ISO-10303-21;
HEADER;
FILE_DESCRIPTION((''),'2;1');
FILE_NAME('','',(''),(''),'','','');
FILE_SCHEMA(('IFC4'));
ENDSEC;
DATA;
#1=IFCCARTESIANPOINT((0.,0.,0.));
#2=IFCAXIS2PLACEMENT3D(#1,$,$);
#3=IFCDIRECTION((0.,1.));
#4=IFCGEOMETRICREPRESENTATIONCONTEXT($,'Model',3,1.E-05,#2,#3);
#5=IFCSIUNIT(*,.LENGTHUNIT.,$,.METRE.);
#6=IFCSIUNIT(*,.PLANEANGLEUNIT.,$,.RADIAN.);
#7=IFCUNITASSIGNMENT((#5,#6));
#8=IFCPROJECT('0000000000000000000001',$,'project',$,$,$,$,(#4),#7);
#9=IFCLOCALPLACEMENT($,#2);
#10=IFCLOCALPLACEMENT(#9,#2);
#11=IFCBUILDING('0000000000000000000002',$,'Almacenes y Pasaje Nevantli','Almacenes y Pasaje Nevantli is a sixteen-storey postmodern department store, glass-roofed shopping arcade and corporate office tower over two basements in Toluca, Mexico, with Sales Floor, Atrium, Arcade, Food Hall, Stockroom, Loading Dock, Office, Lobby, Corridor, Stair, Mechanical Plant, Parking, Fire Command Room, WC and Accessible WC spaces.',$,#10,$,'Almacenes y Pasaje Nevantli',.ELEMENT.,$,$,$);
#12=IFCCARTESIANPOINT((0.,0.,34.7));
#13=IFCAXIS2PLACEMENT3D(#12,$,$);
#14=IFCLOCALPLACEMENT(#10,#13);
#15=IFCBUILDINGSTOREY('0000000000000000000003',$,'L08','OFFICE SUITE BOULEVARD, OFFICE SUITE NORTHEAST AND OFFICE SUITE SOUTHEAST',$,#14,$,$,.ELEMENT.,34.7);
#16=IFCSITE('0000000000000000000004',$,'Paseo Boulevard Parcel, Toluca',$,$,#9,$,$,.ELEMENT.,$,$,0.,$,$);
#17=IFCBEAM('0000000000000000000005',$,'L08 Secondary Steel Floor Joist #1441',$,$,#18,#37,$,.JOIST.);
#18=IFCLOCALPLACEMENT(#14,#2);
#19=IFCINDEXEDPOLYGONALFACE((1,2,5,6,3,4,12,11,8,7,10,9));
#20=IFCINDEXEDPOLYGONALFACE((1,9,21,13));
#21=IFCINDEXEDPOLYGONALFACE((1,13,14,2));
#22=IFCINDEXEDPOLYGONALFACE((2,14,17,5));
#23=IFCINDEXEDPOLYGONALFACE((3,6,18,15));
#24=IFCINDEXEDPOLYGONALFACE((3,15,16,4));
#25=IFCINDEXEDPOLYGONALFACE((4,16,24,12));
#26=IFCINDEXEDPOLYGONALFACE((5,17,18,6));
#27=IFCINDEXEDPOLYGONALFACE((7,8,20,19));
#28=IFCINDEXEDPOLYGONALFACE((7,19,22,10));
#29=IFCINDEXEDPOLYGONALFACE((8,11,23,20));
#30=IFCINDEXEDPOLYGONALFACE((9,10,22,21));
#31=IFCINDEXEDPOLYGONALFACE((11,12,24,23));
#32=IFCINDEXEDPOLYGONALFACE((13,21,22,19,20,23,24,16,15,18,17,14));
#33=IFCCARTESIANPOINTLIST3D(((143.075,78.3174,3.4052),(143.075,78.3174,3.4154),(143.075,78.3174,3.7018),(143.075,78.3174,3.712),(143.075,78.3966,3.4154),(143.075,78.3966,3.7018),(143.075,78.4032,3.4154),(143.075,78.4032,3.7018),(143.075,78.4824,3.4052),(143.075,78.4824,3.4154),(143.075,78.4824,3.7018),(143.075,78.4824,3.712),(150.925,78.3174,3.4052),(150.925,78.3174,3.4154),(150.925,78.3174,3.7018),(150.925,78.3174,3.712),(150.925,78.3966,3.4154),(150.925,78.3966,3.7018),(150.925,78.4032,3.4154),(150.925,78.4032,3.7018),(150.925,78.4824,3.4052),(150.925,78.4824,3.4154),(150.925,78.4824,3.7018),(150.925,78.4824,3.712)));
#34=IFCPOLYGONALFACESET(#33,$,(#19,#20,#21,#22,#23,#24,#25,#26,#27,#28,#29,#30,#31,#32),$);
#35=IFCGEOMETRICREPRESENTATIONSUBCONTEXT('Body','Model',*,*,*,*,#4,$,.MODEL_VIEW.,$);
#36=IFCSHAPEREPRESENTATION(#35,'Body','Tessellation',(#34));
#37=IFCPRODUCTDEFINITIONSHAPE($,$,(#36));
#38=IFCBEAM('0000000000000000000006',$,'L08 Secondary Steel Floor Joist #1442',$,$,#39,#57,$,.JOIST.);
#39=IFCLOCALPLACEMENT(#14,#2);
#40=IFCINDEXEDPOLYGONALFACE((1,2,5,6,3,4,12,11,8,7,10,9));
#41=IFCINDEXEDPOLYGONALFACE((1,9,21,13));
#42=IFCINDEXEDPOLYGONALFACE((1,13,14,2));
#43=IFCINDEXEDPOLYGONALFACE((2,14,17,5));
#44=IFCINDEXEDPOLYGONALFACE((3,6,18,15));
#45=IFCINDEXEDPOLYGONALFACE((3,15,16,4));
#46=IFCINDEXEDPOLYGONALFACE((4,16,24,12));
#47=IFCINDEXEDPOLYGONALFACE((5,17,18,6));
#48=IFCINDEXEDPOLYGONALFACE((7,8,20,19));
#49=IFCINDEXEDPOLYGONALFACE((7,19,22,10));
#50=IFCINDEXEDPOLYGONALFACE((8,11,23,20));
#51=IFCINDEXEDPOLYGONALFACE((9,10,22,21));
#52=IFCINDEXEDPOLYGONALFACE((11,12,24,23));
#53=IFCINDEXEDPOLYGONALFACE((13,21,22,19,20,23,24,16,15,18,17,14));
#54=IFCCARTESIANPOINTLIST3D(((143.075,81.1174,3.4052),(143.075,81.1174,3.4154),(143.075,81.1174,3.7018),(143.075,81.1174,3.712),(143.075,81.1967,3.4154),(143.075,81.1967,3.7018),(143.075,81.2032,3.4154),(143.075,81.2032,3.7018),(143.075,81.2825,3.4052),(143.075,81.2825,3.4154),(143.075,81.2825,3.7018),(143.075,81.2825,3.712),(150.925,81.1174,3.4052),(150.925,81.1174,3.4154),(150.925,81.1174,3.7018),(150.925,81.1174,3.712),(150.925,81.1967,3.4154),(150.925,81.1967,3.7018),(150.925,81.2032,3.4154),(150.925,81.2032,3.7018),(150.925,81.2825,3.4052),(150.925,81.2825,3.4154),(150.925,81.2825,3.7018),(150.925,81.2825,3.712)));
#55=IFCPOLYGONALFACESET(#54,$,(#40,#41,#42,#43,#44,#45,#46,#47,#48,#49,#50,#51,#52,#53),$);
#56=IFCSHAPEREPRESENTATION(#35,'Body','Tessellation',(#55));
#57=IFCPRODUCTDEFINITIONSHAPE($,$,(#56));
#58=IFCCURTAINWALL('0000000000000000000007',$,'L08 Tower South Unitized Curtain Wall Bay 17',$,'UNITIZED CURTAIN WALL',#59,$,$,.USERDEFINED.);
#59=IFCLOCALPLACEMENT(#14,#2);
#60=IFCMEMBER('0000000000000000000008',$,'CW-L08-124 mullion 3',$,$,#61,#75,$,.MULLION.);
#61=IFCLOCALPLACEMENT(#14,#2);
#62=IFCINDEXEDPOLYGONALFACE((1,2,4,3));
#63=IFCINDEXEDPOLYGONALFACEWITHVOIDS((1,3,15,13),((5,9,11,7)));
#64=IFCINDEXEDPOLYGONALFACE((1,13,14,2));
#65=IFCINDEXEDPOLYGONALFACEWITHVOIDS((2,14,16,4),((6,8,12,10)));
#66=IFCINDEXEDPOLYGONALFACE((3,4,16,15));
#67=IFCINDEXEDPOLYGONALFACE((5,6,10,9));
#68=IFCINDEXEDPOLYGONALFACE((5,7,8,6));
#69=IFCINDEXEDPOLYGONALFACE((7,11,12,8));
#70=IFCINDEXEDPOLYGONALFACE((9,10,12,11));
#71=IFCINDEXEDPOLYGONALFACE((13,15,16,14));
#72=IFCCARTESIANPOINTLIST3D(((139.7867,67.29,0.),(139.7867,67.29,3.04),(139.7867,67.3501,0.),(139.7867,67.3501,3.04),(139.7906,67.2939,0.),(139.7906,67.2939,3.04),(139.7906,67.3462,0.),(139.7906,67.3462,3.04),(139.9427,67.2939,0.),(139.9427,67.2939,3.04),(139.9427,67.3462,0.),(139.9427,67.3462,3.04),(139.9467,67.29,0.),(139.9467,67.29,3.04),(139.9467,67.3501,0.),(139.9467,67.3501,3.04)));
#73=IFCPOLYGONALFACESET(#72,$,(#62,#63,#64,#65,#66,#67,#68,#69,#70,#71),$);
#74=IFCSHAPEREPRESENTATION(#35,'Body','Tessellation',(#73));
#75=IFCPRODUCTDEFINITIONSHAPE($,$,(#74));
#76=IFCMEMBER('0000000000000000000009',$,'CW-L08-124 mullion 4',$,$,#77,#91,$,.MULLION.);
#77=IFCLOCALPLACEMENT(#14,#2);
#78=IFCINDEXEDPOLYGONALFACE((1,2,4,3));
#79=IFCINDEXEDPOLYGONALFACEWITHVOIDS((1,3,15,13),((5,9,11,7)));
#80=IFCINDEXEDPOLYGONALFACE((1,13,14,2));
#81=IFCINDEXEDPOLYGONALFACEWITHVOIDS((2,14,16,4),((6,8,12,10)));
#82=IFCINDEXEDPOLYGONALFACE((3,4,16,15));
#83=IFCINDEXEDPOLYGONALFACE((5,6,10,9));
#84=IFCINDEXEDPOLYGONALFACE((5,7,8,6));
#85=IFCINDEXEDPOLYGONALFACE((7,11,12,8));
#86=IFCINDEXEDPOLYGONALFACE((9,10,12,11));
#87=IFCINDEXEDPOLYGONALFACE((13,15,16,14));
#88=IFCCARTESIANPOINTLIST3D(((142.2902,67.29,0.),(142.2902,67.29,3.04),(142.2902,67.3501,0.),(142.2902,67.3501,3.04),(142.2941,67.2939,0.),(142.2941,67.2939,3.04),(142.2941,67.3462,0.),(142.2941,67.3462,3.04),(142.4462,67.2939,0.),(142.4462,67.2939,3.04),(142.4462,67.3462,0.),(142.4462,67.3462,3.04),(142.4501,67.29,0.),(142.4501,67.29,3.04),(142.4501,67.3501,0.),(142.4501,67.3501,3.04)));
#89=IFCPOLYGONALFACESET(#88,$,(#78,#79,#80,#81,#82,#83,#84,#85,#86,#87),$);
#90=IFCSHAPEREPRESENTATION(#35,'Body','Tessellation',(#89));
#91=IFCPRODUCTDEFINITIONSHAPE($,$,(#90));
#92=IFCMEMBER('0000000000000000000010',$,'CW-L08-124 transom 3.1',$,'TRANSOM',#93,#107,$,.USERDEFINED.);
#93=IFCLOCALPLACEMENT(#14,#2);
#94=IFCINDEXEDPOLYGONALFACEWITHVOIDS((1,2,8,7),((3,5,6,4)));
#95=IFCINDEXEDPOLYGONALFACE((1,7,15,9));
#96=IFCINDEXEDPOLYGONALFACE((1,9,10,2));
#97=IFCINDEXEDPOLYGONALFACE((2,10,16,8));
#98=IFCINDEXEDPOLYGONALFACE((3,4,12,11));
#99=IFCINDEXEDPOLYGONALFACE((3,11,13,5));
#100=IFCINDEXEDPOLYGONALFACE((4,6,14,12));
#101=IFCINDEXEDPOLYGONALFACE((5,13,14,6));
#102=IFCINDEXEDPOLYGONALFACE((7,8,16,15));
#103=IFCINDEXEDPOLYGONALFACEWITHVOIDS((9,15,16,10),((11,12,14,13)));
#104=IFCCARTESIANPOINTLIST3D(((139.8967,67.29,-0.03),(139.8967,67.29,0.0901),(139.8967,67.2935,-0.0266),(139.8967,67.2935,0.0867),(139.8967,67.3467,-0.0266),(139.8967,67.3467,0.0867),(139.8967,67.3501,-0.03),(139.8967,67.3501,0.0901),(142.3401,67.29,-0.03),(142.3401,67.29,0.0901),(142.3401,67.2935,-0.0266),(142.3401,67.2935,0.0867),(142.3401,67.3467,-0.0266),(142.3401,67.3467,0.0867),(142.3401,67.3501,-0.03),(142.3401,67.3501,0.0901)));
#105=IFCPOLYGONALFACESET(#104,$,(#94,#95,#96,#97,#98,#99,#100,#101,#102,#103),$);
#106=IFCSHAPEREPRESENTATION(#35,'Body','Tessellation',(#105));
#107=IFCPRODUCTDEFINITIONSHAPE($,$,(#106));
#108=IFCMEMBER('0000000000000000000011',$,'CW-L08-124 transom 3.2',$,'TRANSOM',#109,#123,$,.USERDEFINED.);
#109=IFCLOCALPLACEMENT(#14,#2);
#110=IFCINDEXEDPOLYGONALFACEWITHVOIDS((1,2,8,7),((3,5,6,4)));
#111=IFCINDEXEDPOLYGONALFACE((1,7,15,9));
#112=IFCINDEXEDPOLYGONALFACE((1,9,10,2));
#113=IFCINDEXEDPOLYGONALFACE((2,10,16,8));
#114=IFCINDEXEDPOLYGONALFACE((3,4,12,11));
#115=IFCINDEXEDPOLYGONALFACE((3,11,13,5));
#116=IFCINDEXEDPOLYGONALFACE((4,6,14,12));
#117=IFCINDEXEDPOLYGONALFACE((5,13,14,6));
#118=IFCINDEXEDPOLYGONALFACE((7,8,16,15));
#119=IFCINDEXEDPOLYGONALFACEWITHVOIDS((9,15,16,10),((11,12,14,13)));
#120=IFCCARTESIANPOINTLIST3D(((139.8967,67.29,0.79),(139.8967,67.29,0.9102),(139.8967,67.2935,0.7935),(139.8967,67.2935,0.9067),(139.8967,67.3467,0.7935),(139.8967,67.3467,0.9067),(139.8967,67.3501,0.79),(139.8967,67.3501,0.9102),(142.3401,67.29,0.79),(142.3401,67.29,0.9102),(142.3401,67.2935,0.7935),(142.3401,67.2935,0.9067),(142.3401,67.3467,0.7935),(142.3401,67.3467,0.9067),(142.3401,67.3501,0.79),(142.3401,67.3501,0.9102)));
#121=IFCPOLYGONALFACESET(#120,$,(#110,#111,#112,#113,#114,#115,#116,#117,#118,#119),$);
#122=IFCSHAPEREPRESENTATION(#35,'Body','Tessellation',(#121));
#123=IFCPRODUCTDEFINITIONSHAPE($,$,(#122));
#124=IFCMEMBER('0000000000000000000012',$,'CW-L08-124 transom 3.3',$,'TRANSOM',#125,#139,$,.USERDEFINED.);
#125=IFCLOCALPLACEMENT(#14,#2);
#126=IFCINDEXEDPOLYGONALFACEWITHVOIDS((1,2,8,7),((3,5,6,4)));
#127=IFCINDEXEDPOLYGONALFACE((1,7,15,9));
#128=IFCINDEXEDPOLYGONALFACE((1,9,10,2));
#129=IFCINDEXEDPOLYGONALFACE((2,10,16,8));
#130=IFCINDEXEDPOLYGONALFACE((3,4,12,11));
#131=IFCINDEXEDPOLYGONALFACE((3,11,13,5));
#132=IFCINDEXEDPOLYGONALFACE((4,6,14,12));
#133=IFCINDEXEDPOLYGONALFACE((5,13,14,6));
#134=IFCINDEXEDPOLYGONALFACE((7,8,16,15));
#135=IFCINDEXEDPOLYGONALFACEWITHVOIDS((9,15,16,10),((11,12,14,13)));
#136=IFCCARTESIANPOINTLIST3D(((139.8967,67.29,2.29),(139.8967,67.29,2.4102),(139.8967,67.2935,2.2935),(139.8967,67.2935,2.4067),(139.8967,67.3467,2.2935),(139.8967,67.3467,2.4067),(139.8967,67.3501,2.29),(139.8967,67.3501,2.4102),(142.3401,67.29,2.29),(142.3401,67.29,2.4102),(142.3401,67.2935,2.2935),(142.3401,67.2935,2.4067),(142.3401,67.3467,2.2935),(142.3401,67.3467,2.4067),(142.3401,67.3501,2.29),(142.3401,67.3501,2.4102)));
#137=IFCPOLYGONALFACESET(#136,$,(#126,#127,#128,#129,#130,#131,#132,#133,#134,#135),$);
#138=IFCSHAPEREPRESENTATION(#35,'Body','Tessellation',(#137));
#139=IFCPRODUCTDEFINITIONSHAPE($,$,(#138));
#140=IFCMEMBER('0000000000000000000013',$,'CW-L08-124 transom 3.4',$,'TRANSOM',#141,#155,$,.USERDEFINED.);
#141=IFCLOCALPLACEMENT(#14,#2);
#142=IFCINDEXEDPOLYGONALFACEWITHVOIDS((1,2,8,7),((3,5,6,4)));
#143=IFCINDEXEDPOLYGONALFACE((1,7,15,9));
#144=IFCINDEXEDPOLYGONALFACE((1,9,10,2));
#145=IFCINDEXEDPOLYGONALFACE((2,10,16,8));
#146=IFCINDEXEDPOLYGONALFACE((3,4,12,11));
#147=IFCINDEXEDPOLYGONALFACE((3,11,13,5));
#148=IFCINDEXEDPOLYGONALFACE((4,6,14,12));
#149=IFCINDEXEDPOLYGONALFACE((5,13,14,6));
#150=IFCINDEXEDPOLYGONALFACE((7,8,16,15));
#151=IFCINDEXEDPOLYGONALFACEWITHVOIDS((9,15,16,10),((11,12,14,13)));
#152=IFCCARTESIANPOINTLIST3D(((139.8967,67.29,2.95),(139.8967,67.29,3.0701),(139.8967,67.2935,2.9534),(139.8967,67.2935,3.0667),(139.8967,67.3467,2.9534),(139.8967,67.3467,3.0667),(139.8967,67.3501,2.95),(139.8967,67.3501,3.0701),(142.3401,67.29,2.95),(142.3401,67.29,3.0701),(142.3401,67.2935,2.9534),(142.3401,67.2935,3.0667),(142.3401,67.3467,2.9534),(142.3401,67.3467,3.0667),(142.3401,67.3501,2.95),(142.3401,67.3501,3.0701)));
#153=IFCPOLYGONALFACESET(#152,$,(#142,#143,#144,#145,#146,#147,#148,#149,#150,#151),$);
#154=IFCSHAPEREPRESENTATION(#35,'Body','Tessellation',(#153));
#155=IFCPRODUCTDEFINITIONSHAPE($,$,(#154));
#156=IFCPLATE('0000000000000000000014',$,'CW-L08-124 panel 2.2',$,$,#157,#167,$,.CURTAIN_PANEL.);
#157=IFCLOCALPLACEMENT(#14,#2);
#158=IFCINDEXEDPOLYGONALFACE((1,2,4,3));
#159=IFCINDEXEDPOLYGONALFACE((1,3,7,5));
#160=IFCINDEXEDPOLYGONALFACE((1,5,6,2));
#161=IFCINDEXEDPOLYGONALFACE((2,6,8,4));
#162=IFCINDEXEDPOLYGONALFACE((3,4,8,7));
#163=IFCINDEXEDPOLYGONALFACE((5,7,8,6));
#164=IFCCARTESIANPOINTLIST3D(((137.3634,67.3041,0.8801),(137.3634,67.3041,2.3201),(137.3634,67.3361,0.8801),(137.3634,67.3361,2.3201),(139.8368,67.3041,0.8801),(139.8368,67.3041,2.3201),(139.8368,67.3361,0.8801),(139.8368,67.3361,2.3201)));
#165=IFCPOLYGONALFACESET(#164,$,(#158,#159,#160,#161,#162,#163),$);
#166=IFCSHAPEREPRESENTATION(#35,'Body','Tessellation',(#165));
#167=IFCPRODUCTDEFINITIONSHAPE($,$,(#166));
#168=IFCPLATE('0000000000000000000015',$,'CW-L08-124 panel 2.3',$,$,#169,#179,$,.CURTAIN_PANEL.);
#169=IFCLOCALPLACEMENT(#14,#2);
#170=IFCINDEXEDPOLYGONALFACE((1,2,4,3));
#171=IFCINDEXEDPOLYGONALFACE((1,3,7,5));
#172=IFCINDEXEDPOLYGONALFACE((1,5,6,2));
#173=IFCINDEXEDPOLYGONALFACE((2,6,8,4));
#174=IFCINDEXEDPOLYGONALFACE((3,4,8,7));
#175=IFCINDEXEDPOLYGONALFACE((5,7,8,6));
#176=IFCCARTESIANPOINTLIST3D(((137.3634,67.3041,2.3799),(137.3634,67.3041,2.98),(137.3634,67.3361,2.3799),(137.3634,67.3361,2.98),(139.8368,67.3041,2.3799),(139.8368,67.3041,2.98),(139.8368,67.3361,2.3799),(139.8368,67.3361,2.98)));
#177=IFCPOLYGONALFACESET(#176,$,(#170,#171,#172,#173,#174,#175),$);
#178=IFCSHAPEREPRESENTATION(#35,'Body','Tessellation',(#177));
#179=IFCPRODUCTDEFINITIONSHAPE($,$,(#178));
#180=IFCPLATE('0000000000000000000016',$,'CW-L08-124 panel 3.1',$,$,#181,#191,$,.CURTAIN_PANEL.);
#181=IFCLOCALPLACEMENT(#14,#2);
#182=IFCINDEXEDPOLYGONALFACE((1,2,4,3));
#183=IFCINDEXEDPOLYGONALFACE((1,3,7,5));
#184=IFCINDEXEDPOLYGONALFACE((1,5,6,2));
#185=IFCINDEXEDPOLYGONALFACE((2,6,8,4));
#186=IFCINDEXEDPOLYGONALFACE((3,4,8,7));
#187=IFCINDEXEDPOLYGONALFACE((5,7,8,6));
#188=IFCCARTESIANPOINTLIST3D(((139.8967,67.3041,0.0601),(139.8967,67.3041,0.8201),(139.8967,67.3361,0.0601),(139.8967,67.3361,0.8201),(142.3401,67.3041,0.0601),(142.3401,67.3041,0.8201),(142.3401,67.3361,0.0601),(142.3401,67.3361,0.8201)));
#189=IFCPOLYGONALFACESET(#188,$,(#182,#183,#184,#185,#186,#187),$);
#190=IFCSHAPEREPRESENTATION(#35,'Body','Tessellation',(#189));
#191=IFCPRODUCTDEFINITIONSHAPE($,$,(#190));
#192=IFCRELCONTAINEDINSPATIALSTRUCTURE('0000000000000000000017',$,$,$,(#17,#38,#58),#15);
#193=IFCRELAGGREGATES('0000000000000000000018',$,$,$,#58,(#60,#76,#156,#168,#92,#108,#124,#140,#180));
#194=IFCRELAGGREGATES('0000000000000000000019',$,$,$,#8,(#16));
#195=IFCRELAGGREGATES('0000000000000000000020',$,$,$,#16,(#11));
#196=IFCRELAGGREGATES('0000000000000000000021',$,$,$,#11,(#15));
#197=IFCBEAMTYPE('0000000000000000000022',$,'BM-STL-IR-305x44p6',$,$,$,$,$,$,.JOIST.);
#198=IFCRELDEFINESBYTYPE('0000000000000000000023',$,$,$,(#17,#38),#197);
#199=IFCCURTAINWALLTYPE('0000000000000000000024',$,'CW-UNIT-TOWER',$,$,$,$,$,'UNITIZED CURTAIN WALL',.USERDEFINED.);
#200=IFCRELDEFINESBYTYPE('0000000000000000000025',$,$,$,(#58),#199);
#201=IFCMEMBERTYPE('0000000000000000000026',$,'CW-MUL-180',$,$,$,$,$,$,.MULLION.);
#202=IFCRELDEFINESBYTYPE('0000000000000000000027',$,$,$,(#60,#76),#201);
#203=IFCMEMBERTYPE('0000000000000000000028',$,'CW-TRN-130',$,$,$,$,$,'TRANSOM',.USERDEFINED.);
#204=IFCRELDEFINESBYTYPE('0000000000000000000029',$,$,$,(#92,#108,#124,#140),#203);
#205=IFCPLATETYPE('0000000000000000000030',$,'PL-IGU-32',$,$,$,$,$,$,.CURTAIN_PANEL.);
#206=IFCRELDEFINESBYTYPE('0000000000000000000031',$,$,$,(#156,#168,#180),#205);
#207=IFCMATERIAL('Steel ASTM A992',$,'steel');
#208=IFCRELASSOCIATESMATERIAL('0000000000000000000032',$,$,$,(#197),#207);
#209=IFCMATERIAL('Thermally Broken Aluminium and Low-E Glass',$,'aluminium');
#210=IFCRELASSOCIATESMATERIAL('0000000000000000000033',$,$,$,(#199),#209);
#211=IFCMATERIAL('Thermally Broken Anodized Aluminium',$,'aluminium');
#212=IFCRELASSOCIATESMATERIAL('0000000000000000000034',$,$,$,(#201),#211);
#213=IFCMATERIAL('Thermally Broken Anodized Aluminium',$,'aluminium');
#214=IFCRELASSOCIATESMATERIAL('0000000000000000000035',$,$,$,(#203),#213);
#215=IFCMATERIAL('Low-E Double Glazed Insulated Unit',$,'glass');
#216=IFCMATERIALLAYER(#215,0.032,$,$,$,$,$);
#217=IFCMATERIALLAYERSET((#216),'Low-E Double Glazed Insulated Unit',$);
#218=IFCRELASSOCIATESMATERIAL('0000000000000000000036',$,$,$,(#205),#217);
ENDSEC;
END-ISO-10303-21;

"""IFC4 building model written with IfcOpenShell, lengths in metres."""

from ifc_helpers import new_model, si_unit, direction, frame, origin, origin_2d, place, context, subcontext, project, spatial, rectangle, hollow_rectangle, i_section, extrude, material, layer, layer_set, material_profile, profile_set, type_object, element, aggregate, save


model = new_model("IFC4")

# Units and contexts
model_context = context("Model", 3, precision=1e-05, world=origin(), true_north=direction((0.0, 1.0)))
body_context = subcontext(model_context, "Body", "Model", "MODEL_VIEW")
ifc_project = project(units=[si_unit("LENGTHUNIT", "METRE"), si_unit("PLANEANGLEUNIT", "RADIAN")], contexts=[model_context])

# Site, building, storey
site_placement = place(None, origin())
site = spatial("IfcSite", under=ifc_project, at=site_placement, Name="Paseo Boulevard Parcel, Toluca", CompositionType="ELEMENT", RefElevation=0.0)
building_placement = place(site_placement, origin())
building = spatial("IfcBuilding", under=site, at=building_placement, Name="Almacenes y Pasaje Nevantli", Description="Almacenes y Pasaje Nevantli is a sixteen-storey postmodern department store, glass-roofed shopping arcade and corporate office tower over two basements in Toluca, Mexico, with Sales Floor, Atrium, Arcade, Food Hall, Stockroom, Loading Dock, Office, Lobby, Corridor, Stair, Mechanical Plant, Parking, Fire Command Room, WC and Accessible WC spaces.", LongName="Almacenes y Pasaje Nevantli", CompositionType="ELEMENT")
storey_placement = place(building_placement, frame((0.0, 0.0, 34.7)))
storey = spatial("IfcBuildingStorey", under=building, at=storey_placement, Name="L08", Description="OFFICE SUITE BOULEVARD, OFFICE SUITE NORTHEAST AND OFFICE SUITE SOUTHEAST", CompositionType="ELEMENT", Elevation=34.7)

# Beams
ifc_material_1 = material(Name="Steel ASTM A992", Category="steel")
ifc_material_profile_1 = material_profile(ifc_material_1, i_section(OverallWidth=0.165, OverallDepth=0.3069, WebThickness=0.0066, FlangeThickness=0.0103, at=origin_2d()), Name="IR 305x44.6")
ifc_profile_set_1 = profile_set([ifc_material_profile_1], Name="Steel ASTM A992")
beam_type_1 = type_object("IfcBeamType", Name="BM-STL-IR-305x44p6", PredefinedType="JOIST", material=ifc_profile_set_1)
for number, where, z_axis, x_axis, name in (
    (1, (143.075, 78.3999, 3.5586), (1.0, 0.0, 0.0), (0.0, 1.0, 0.0), "L08 Secondary Steel Floor Joist #1441"),
    (2, (143.075, 81.2, 3.5586), (1.0, 0.0, 0.0), (0.0, 1.0, 0.0), "L08 Secondary Steel Floor Joist #1442"),
):
    element("IfcBeam", number, at=place(storey_placement, frame(where, z_axis=z_axis, x_axis=x_axis)), inside=storey, type_object=beam_type_1, Name=name, PredefinedType="JOIST", context=body_context, shape_type="SweptSolid", body=[
        extrude(i_section(OverallWidth=0.165, OverallDepth=0.3069, WebThickness=0.0066, FlangeThickness=0.0103, at=origin_2d()), origin(), (0.0, 0.0, 1.0), 7.8501),
    ])

# Curtain wall, members, plates
ifc_material_2 = material(Name="Thermally Broken Aluminium and Low-E Glass", Category="aluminium")
curtain_wall_type = type_object("IfcCurtainWallType", Name="CW-UNIT-TOWER", ElementType="UNITIZED CURTAIN WALL", PredefinedType="USERDEFINED", material=ifc_material_2)
curtain_wall_placement = place(storey_placement, origin())
curtain_wall = element("IfcCurtainWall", 3, at=curtain_wall_placement, inside=storey, type_object=curtain_wall_type, Name="L08 Tower South Unitized Curtain Wall Bay 17", ObjectType="UNITIZED CURTAIN WALL", PredefinedType="USERDEFINED")
ifc_material_3 = material(Name="Thermally Broken Anodized Aluminium", Category="aluminium")
ifc_material_profile_2 = material_profile(ifc_material_3, hollow_rectangle(XDim=0.0601, YDim=0.1599, WallThickness=0.0039, at=origin_2d()), Name="ALU-MUL-60x160")
ifc_profile_set_2 = profile_set([ifc_material_profile_2], Name="Thermally Broken Anodized Aluminium")
member_type_1 = type_object("IfcMemberType", Name="CW-MUL-180", PredefinedType="MULLION", material=ifc_profile_set_2)
member_1_placement = place(storey_placement, frame((139.8667, 67.3201, 0.0), z_axis=(0.0, 0.0, 1.0), x_axis=(0.0, 1.0, 0.0)))
member_1 = element("IfcMember", 4, at=member_1_placement, type_object=member_type_1, Name="CW-L08-124 mullion 3", PredefinedType="MULLION", context=body_context, shape_type="SweptSolid", body=[
    extrude(hollow_rectangle(XDim=0.0601, YDim=0.1599, WallThickness=0.0039, at=origin_2d()), origin(), (0.0, 0.0, 1.0), 3.04),
])
member_2_placement = place(storey_placement, frame((142.3701, 67.3201, 0.0), z_axis=(0.0, 0.0, 1.0), x_axis=(0.0, 1.0, 0.0)))
member_2 = element("IfcMember", 5, at=member_2_placement, type_object=member_type_1, Name="CW-L08-124 mullion 4", PredefinedType="MULLION", context=body_context, shape_type="SweptSolid", body=[
    extrude(hollow_rectangle(XDim=0.0601, YDim=0.1599, WallThickness=0.0039, at=origin_2d()), origin(), (0.0, 0.0, 1.0), 3.04),
])
ifc_material_4 = material(Name="Thermally Broken Anodized Aluminium", Category="aluminium")
ifc_material_profile_3 = material_profile(ifc_material_4, hollow_rectangle(XDim=0.0601, YDim=0.1201, WallThickness=0.0034, at=origin_2d()), Name="ALU-TRN-60x120")
ifc_profile_set_3 = profile_set([ifc_material_profile_3], Name="Thermally Broken Anodized Aluminium")
member_type_2 = type_object("IfcMemberType", Name="CW-TRN-130", ElementType="TRANSOM", PredefinedType="USERDEFINED", material=ifc_profile_set_3)
member_3_placement = place(storey_placement, frame((139.8967, 67.3201, 0.03), z_axis=(1.0, 0.0, 0.0), x_axis=(0.0, 1.0, 0.0)))
member_3 = element("IfcMember", 6, at=member_3_placement, type_object=member_type_2, Name="CW-L08-124 transom 3.1", ObjectType="TRANSOM", PredefinedType="USERDEFINED", context=body_context, shape_type="SweptSolid", body=[
    extrude(hollow_rectangle(XDim=0.0601, YDim=0.1201, WallThickness=0.0034, at=origin_2d()), origin(), (0.0, 0.0, 1.0), 2.4434),
])
member_4_placement = place(storey_placement, frame((139.8967, 67.3201, 0.8501), z_axis=(1.0, 0.0, 0.0), x_axis=(0.0, 1.0, 0.0)))
member_4 = element("IfcMember", 7, at=member_4_placement, type_object=member_type_2, Name="CW-L08-124 transom 3.2", ObjectType="TRANSOM", PredefinedType="USERDEFINED", context=body_context, shape_type="SweptSolid", body=[
    extrude(hollow_rectangle(XDim=0.0601, YDim=0.1201, WallThickness=0.0034, at=origin_2d()), origin(), (0.0, 0.0, 1.0), 2.4434),
])
member_5_placement = place(storey_placement, frame((139.8967, 67.3201, 2.3501), z_axis=(1.0, 0.0, 0.0), x_axis=(0.0, 1.0, 0.0)))
member_5 = element("IfcMember", 8, at=member_5_placement, type_object=member_type_2, Name="CW-L08-124 transom 3.3", ObjectType="TRANSOM", PredefinedType="USERDEFINED", context=body_context, shape_type="SweptSolid", body=[
    extrude(hollow_rectangle(XDim=0.0601, YDim=0.1201, WallThickness=0.0034, at=origin_2d()), origin(), (0.0, 0.0, 1.0), 2.4434),
])
member_6_placement = place(storey_placement, frame((139.8967, 67.3201, 3.01), z_axis=(1.0, 0.0, 0.0), x_axis=(0.0, 1.0, 0.0)))
member_6 = element("IfcMember", 9, at=member_6_placement, type_object=member_type_2, Name="CW-L08-124 transom 3.4", ObjectType="TRANSOM", PredefinedType="USERDEFINED", context=body_context, shape_type="SweptSolid", body=[
    extrude(hollow_rectangle(XDim=0.0601, YDim=0.1201, WallThickness=0.0034, at=origin_2d()), origin(), (0.0, 0.0, 1.0), 2.4434),
])
ifc_material_5 = material(Name="Low-E Double Glazed Insulated Unit", Category="glass")
ifc_layer_1 = layer(ifc_material_5, 0.032)
ifc_layer_set_1 = layer_set([ifc_layer_1], Name="Low-E Double Glazed Insulated Unit")
plate_type = type_object("IfcPlateType", Name="PL-IGU-32", PredefinedType="CURTAIN_PANEL", material=ifc_layer_set_1)
plate_1_placement = place(storey_placement, frame((138.6001, 67.3201, 0.8801), z_axis=(0.0, 0.0, 1.0), x_axis=(1.0, 0.0, 0.0)))
plate_1 = element("IfcPlate", 10, at=plate_1_placement, type_object=plate_type, Name="CW-L08-124 panel 2.2", PredefinedType="CURTAIN_PANEL", context=body_context, shape_type="SweptSolid", body=[
    extrude(rectangle(XDim=2.4734, YDim=0.032, at=origin_2d()), origin(), (0.0, 0.0, 1.0), 1.4399),
])
plate_2_placement = place(storey_placement, frame((138.6001, 67.3201, 2.3799), z_axis=(0.0, 0.0, 1.0), x_axis=(1.0, 0.0, 0.0)))
plate_2 = element("IfcPlate", 11, at=plate_2_placement, type_object=plate_type, Name="CW-L08-124 panel 2.3", PredefinedType="CURTAIN_PANEL", context=body_context, shape_type="SweptSolid", body=[
    extrude(rectangle(XDim=2.4734, YDim=0.032, at=origin_2d()), origin(), (0.0, 0.0, 1.0), 0.6001),
])
plate_3_placement = place(storey_placement, frame((141.1184, 67.3201, 0.0601), z_axis=(0.0, 0.0, 1.0), x_axis=(1.0, 0.0, 0.0)))
plate_3 = element("IfcPlate", 12, at=plate_3_placement, type_object=plate_type, Name="CW-L08-124 panel 3.1", PredefinedType="CURTAIN_PANEL", context=body_context, shape_type="SweptSolid", body=[
    extrude(rectangle(XDim=2.4434, YDim=0.032, at=origin_2d()), origin(), (0.0, 0.0, 1.0), 0.76),
])
aggregate(curtain_wall, [member_1, member_2, plate_1, plate_2, member_3, member_4, member_5, member_6, plate_3])

save(model, "model.ifc")
